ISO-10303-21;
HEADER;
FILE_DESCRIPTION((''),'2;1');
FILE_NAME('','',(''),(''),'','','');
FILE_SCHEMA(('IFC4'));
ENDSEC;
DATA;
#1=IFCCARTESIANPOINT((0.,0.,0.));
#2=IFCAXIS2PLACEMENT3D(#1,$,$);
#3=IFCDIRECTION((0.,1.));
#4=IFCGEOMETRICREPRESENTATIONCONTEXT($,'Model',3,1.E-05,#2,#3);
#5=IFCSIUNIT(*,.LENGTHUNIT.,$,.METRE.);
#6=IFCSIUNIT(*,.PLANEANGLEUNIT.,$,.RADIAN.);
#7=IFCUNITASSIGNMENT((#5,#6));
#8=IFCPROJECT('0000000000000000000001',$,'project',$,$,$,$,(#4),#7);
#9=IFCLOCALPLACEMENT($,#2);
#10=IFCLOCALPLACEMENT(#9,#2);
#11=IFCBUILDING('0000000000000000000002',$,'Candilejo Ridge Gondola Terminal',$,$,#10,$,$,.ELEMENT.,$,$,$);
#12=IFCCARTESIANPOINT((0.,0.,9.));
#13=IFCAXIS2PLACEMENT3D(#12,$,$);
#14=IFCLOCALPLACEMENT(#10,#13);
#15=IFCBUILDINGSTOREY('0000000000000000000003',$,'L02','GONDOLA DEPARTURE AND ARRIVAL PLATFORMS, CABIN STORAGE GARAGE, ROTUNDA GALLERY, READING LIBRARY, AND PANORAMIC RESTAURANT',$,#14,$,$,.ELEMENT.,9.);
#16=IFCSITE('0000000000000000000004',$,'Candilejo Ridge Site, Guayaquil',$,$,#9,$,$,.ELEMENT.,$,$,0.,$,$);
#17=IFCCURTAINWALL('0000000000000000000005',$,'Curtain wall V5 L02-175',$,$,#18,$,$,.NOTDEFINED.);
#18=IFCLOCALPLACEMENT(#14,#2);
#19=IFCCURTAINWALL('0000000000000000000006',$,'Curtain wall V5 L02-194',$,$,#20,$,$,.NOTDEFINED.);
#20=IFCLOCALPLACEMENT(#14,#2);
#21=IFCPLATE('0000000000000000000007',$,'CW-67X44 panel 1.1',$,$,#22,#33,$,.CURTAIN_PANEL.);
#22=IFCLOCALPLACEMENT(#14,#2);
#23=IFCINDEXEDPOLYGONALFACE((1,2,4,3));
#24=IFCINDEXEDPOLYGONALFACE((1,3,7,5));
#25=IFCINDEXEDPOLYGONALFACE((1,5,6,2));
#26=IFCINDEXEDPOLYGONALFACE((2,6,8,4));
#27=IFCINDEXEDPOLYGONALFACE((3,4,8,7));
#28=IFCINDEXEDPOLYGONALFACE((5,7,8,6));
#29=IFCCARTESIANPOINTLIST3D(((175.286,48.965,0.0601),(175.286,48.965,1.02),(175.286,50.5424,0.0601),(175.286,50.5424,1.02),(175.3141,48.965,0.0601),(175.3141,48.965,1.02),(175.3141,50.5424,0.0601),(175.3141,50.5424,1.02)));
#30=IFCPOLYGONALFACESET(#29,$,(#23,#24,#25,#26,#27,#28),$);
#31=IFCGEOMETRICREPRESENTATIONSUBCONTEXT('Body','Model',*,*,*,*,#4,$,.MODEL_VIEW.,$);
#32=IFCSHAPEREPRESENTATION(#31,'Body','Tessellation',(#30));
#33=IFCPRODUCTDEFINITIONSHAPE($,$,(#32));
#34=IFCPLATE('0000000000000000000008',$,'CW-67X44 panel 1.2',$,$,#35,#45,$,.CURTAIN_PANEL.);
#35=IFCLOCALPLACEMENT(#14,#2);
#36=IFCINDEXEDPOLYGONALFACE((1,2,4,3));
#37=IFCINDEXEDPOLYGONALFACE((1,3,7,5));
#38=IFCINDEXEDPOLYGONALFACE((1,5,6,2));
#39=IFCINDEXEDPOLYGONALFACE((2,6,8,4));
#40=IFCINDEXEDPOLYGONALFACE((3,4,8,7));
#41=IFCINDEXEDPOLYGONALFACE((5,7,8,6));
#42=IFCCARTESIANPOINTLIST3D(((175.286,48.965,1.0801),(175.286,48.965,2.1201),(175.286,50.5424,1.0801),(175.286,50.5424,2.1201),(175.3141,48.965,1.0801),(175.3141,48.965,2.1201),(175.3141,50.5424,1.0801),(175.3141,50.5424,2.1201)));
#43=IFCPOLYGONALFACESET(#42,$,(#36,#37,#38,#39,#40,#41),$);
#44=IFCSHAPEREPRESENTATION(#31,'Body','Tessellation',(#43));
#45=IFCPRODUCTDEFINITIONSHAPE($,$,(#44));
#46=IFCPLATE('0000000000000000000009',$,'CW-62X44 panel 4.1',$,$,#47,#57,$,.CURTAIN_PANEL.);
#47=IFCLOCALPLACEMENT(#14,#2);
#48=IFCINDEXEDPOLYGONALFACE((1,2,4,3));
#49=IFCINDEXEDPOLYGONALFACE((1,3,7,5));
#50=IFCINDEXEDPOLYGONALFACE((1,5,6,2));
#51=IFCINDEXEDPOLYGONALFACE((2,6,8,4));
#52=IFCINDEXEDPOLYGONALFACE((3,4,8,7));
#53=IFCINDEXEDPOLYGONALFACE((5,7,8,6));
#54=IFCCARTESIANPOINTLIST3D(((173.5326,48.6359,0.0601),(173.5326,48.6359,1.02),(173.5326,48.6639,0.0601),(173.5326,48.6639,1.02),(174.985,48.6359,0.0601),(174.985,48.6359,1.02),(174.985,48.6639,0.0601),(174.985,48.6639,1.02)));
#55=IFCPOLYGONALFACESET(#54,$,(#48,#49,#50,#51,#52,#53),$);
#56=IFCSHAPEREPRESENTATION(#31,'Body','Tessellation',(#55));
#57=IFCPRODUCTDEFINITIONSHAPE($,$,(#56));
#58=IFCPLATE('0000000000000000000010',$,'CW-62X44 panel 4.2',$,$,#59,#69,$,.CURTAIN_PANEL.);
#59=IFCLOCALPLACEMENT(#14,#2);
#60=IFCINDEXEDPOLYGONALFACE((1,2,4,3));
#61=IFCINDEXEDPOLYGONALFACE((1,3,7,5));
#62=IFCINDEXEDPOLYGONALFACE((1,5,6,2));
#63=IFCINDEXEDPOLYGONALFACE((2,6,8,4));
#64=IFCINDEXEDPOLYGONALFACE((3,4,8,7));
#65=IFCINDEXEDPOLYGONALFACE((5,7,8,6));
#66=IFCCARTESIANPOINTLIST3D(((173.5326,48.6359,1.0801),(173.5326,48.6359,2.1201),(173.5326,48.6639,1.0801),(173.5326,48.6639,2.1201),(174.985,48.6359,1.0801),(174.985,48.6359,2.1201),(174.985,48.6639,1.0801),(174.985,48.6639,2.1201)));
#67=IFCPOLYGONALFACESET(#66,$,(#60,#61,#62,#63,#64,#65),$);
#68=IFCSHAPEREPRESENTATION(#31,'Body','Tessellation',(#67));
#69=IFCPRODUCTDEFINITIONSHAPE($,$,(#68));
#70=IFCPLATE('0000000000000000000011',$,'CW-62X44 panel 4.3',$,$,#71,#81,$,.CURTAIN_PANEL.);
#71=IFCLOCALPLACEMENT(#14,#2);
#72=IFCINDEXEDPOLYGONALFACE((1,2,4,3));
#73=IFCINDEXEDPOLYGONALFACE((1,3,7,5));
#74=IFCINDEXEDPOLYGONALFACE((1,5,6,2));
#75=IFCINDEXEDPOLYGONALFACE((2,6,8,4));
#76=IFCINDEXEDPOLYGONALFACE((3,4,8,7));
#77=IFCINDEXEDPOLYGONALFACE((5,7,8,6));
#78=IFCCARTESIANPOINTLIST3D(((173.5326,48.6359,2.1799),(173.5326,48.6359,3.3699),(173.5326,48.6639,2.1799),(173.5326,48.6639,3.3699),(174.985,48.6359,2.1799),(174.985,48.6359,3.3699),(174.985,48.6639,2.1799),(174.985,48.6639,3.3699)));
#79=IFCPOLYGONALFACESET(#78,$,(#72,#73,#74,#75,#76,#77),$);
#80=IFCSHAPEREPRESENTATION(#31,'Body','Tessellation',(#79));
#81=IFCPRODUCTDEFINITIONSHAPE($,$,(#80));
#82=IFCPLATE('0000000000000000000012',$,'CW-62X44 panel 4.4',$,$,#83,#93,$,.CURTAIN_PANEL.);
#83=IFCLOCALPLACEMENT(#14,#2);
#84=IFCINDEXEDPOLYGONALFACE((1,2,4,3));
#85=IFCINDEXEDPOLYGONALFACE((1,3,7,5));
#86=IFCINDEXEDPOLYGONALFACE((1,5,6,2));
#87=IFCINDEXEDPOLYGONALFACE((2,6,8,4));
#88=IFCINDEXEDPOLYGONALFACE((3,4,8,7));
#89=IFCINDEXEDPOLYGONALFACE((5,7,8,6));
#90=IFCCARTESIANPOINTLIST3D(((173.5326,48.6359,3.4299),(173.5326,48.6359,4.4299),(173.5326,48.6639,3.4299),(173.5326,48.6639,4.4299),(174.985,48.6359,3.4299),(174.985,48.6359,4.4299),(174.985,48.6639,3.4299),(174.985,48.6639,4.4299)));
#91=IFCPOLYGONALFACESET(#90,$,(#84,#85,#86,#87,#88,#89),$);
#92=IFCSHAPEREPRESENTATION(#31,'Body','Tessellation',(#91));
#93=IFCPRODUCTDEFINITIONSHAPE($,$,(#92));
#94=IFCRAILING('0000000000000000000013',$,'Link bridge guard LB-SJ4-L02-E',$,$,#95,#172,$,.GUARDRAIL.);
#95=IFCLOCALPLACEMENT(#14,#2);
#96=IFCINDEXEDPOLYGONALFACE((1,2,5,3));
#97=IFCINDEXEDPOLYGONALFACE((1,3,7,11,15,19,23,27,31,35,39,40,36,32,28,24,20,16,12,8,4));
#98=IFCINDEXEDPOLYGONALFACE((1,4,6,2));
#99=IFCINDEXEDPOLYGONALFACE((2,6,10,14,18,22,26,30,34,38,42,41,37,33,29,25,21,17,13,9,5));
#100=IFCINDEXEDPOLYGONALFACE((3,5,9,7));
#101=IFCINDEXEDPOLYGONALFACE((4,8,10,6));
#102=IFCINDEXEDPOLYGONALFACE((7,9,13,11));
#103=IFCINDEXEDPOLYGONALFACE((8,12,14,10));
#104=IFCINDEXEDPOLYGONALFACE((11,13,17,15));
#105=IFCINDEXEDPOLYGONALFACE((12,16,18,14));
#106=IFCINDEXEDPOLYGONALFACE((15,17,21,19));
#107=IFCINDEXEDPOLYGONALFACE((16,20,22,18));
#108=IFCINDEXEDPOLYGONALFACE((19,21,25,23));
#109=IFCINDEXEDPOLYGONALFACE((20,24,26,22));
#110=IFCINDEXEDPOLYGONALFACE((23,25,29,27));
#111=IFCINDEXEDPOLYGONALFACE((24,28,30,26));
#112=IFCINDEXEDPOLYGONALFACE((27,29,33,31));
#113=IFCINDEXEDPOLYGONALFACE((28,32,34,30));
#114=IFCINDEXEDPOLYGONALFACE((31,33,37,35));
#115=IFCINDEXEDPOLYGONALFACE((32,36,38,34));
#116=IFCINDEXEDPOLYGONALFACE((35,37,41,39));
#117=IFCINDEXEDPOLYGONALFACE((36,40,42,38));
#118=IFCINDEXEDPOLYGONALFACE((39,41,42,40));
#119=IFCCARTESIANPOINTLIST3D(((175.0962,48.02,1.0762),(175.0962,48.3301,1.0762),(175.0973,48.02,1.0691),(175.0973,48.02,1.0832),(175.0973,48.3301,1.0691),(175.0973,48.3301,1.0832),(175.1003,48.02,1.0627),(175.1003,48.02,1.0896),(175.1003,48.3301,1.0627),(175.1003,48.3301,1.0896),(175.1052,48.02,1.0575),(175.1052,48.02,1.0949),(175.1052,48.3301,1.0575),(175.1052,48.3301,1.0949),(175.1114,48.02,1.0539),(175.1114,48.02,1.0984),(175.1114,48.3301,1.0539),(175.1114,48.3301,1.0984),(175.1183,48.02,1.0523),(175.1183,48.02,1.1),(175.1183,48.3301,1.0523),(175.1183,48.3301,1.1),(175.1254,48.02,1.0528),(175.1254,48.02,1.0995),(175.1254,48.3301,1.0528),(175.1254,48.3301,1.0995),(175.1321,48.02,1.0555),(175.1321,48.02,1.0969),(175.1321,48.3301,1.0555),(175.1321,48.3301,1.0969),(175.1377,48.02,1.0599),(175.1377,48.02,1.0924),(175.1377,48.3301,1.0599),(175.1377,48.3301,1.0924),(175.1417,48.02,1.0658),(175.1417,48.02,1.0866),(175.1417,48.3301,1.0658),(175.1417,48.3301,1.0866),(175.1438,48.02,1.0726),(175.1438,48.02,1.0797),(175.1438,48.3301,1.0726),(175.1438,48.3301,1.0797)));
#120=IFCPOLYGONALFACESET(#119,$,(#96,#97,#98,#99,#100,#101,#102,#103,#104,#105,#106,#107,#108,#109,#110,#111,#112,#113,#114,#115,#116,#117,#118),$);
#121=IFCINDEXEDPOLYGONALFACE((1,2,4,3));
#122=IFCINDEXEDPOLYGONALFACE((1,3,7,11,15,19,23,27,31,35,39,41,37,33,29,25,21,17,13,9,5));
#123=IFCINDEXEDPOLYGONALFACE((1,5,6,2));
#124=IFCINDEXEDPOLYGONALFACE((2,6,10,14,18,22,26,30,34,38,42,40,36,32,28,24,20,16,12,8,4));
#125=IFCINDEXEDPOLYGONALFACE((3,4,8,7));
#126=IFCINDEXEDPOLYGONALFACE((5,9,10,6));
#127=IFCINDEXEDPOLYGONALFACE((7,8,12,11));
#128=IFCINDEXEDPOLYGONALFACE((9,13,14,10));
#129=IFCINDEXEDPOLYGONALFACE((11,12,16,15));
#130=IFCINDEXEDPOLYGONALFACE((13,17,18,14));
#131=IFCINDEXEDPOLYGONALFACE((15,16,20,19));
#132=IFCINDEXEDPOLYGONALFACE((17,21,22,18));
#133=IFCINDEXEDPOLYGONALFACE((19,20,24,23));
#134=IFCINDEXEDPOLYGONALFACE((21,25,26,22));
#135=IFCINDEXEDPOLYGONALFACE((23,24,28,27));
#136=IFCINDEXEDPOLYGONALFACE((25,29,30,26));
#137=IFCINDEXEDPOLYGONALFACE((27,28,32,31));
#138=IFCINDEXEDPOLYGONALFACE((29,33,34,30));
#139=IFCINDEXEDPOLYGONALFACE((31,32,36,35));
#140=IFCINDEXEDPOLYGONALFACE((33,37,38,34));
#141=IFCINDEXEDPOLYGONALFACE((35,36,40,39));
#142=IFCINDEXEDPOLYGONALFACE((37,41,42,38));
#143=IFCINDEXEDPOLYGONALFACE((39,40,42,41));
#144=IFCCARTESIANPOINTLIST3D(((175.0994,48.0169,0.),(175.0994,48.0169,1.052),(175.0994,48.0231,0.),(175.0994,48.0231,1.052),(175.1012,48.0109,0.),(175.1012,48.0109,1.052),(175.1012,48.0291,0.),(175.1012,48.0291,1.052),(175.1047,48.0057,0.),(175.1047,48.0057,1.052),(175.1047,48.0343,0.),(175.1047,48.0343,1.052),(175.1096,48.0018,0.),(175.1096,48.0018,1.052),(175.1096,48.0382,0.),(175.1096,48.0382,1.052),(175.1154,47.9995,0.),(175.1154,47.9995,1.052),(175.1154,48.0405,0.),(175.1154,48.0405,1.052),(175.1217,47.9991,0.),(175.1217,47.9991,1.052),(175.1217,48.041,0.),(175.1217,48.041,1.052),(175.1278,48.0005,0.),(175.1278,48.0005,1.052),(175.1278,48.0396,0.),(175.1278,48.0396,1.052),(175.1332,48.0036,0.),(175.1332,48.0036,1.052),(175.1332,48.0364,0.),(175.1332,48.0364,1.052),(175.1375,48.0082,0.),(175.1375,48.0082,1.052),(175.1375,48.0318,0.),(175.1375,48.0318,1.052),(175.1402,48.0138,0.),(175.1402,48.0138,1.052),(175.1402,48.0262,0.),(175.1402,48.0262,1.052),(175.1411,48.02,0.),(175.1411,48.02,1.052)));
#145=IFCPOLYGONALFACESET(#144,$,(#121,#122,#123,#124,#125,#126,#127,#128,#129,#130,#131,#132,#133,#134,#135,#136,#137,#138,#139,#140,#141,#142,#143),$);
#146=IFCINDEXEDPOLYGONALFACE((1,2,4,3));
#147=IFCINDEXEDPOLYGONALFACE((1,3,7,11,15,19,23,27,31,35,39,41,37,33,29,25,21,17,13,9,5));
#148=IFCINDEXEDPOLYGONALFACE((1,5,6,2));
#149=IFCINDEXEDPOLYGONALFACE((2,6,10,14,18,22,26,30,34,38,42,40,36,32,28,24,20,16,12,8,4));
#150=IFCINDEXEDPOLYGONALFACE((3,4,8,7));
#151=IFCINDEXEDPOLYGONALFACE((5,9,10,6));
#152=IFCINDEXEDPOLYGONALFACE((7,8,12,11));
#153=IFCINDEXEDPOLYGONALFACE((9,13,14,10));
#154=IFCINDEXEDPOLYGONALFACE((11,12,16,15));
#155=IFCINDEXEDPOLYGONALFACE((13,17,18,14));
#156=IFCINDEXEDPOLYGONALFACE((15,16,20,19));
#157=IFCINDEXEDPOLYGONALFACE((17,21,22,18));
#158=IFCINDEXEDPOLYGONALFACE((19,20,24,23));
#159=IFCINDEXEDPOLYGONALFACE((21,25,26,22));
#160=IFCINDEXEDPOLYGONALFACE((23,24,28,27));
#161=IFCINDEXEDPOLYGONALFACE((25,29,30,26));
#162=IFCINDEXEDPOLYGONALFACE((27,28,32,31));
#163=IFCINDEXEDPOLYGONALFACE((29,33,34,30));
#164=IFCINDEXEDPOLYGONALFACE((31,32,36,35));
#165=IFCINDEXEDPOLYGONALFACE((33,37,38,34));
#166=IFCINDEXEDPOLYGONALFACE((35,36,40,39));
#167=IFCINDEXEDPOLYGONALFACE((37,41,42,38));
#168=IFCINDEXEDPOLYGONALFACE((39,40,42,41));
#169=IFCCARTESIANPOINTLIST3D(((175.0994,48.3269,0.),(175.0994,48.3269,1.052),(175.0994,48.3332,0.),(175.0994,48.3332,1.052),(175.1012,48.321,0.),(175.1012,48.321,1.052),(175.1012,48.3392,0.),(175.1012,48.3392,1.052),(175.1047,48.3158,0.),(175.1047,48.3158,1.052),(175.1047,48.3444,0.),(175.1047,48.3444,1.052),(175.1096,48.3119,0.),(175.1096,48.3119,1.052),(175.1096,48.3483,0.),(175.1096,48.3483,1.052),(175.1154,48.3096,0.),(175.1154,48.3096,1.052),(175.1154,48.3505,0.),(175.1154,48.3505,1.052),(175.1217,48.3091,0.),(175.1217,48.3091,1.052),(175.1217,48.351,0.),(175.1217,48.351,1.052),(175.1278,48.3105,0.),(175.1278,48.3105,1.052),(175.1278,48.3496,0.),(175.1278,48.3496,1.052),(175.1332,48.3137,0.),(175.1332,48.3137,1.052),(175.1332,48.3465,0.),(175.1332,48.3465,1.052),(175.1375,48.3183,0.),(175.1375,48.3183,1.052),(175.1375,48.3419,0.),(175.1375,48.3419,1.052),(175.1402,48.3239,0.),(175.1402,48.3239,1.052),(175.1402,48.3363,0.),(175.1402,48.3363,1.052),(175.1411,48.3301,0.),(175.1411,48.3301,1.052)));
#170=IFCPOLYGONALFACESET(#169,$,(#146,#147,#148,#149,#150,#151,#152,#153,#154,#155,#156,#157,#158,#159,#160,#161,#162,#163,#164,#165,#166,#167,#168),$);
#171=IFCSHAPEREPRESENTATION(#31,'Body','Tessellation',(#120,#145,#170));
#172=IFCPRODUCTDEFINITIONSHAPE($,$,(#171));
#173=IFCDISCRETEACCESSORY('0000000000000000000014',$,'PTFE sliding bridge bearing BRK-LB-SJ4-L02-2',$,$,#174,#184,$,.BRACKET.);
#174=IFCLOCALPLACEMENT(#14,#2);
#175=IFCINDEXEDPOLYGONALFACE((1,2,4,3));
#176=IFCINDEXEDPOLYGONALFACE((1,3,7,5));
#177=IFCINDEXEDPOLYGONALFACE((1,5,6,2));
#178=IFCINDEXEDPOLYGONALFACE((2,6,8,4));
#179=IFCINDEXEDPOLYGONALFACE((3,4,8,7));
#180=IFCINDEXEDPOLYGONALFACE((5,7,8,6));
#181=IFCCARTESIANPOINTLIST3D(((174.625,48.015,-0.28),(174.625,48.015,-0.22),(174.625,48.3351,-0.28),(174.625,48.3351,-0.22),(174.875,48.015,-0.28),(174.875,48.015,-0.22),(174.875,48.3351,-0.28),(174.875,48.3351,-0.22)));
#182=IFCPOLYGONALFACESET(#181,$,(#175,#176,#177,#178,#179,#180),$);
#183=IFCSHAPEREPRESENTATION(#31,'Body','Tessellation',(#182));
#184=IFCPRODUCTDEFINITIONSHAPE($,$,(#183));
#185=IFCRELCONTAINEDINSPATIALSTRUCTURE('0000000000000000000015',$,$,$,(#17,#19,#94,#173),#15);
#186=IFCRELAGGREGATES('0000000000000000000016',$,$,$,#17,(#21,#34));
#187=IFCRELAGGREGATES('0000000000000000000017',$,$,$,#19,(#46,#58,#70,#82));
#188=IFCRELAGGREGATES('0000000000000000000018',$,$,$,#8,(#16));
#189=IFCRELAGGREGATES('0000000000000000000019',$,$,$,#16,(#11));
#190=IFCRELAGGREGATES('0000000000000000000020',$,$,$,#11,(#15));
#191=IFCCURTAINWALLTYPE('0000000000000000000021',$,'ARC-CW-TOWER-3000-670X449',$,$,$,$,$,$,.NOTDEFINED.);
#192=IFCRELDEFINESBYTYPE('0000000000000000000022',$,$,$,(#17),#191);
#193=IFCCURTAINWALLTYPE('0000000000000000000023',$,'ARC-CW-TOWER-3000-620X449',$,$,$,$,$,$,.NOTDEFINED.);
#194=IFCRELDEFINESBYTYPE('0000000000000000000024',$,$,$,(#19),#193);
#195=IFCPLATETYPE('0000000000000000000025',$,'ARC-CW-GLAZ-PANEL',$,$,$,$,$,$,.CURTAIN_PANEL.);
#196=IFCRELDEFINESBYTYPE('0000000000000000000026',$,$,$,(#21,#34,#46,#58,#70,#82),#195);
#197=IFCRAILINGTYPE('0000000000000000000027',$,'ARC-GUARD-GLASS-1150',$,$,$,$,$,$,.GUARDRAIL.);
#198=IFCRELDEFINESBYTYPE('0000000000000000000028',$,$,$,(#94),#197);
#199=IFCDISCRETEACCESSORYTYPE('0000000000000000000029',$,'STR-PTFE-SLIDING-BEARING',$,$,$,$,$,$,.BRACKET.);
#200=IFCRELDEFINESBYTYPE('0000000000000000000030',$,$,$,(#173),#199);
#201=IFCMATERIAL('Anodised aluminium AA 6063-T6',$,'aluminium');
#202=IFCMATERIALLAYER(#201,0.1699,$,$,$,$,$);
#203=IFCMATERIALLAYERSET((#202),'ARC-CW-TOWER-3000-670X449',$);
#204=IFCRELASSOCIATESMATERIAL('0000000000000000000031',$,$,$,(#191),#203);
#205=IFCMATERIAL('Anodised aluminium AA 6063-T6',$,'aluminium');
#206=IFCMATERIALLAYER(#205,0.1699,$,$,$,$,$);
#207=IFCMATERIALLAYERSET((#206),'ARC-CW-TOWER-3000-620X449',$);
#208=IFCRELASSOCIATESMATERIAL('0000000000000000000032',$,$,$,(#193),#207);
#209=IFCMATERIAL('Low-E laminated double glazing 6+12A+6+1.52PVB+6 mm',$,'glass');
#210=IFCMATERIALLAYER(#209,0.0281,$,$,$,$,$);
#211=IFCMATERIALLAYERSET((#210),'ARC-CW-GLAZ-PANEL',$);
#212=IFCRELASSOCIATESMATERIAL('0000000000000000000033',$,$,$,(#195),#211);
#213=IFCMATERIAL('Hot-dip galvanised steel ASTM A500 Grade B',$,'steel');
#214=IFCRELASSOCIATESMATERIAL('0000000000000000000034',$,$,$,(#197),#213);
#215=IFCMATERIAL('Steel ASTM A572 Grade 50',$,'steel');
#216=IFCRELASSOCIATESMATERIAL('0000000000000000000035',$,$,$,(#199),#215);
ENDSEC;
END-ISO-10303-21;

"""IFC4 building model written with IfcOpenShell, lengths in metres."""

from ifc_helpers import new_model, si_unit, direction, frame, origin, origin_2d, place, context, subcontext, project, spatial, rectangle, circle, extrude, material, layer, layer_set, type_object, element, aggregate, save


model = new_model("IFC4")

# Units and contexts
model_context = context("Model", 3, precision=1e-05, world=origin(), true_north=direction((0.0, 1.0)))
body_context = subcontext(model_context, "Body", "Model", "MODEL_VIEW")
ifc_project = project(units=[si_unit("LENGTHUNIT", "METRE"), si_unit("PLANEANGLEUNIT", "RADIAN")], contexts=[model_context])

# Site, building, storey
site_placement = place(None, origin())
site = spatial("IfcSite", under=ifc_project, at=site_placement, Name="Candilejo Ridge Site, Guayaquil", CompositionType="ELEMENT", RefElevation=0.0)
building_placement = place(site_placement, origin())
building = spatial("IfcBuilding", under=site, at=building_placement, Name="Candilejo Ridge Gondola Terminal", CompositionType="ELEMENT")
storey_placement = place(building_placement, frame((0.0, 0.0, 9.0)))
storey = spatial("IfcBuildingStorey", under=building, at=storey_placement, Name="L02", Description="GONDOLA DEPARTURE AND ARRIVAL PLATFORMS, CABIN STORAGE GARAGE, ROTUNDA GALLERY, READING LIBRARY, AND PANORAMIC RESTAURANT", CompositionType="ELEMENT", Elevation=9.0)

# Curtain wall
ifc_material_1 = material(Name="Anodised aluminium AA 6063-T6", Category="aluminium")
ifc_layer_1 = layer(ifc_material_1, 0.1699)
ifc_layer_set_1 = layer_set([ifc_layer_1], Name="ARC-CW-TOWER-3000-670X449")
curtain_wall_type_1 = type_object("IfcCurtainWallType", Name="ARC-CW-TOWER-3000-670X449", PredefinedType="NOTDEFINED", material=ifc_layer_set_1)
curtain_wall_1_placement = place(storey_placement, origin())
curtain_wall_1 = element("IfcCurtainWall", 1, at=curtain_wall_1_placement, inside=storey, type_object=curtain_wall_type_1, Name="Curtain wall V5 L02-175", PredefinedType="NOTDEFINED")

# Curtain wall
ifc_material_2 = material(Name="Anodised aluminium AA 6063-T6", Category="aluminium")
ifc_layer_2 = layer(ifc_material_2, 0.1699)
ifc_layer_set_2 = layer_set([ifc_layer_2], Name="ARC-CW-TOWER-3000-620X449")
curtain_wall_type_2 = type_object("IfcCurtainWallType", Name="ARC-CW-TOWER-3000-620X449", PredefinedType="NOTDEFINED", material=ifc_layer_set_2)
curtain_wall_2_placement = place(storey_placement, origin())
curtain_wall_2 = element("IfcCurtainWall", 2, at=curtain_wall_2_placement, inside=storey, type_object=curtain_wall_type_2, Name="Curtain wall V5 L02-194", PredefinedType="NOTDEFINED")

# Plates
ifc_material_3 = material(Name="Low-E laminated double glazing 6+12A+6+1.52PVB+6 mm", Category="glass")
ifc_layer_3 = layer(ifc_material_3, 0.0281)
ifc_layer_set_3 = layer_set([ifc_layer_3], Name="ARC-CW-GLAZ-PANEL")
plate_type = type_object("IfcPlateType", Name="ARC-CW-GLAZ-PANEL", PredefinedType="CURTAIN_PANEL", material=ifc_layer_set_3)
plate_1_placement = place(storey_placement, frame((175.3, 49.7537, 0.0601), z_axis=(0.0, 0.0, 1.0), x_axis=(0.0, 1.0, 0.0)))
plate_1 = element("IfcPlate", 3, at=plate_1_placement, type_object=plate_type, Name="CW-67X44 panel 1.1", PredefinedType="CURTAIN_PANEL", context=body_context, shape_type="SweptSolid", body=[
    extrude(rectangle(XDim=1.5774, YDim=0.0281, at=origin_2d()), origin(), (0.0, 0.0, 1.0), 0.96),
])
plate_2_placement = place(storey_placement, frame((175.3, 49.7537, 1.0801), z_axis=(0.0, 0.0, 1.0), x_axis=(0.0, 1.0, 0.0)))
plate_2 = element("IfcPlate", 4, at=plate_2_placement, type_object=plate_type, Name="CW-67X44 panel 1.2", PredefinedType="CURTAIN_PANEL", context=body_context, shape_type="SweptSolid", body=[
    extrude(rectangle(XDim=1.5774, YDim=0.0281, at=origin_2d()), origin(), (0.0, 0.0, 1.0), 1.04),
])
aggregate(curtain_wall_1, [plate_1, plate_2])
plate_3_placement = place(storey_placement, frame((174.2588, 48.6499, 0.0601), z_axis=(0.0, 0.0, 1.0), x_axis=(1.0, 0.0, 0.0)))
plate_3 = element("IfcPlate", 5, at=plate_3_placement, type_object=plate_type, Name="CW-62X44 panel 4.1", PredefinedType="CURTAIN_PANEL", context=body_context, shape_type="SweptSolid", body=[
    extrude(rectangle(XDim=1.4524, YDim=0.0281, at=origin_2d()), origin(), (0.0, 0.0, 1.0), 0.96),
])
plate_4_placement = place(storey_placement, frame((174.2588, 48.6499, 1.0801), z_axis=(0.0, 0.0, 1.0), x_axis=(1.0, 0.0, 0.0)))
plate_4 = element("IfcPlate", 6, at=plate_4_placement, type_object=plate_type, Name="CW-62X44 panel 4.2", PredefinedType="CURTAIN_PANEL", context=body_context, shape_type="SweptSolid", body=[
    extrude(rectangle(XDim=1.4524, YDim=0.0281, at=origin_2d()), origin(), (0.0, 0.0, 1.0), 1.04),
])
plate_5_placement = place(storey_placement, frame((174.2588, 48.6499, 2.1799), z_axis=(0.0, 0.0, 1.0), x_axis=(1.0, 0.0, 0.0)))
plate_5 = element("IfcPlate", 7, at=plate_5_placement, type_object=plate_type, Name="CW-62X44 panel 4.3", PredefinedType="CURTAIN_PANEL", context=body_context, shape_type="SweptSolid", body=[
    extrude(rectangle(XDim=1.4524, YDim=0.0281, at=origin_2d()), origin(), (0.0, 0.0, 1.0), 1.1899),
])
plate_6_placement = place(storey_placement, frame((174.2588, 48.6499, 3.4299), z_axis=(0.0, 0.0, 1.0), x_axis=(1.0, 0.0, 0.0)))
plate_6 = element("IfcPlate", 8, at=plate_6_placement, type_object=plate_type, Name="CW-62X44 panel 4.4", PredefinedType="CURTAIN_PANEL", context=body_context, shape_type="SweptSolid", body=[
    extrude(rectangle(XDim=1.4524, YDim=0.0281, at=origin_2d()), origin(), (0.0, 0.0, 1.0), 1.0),
])
aggregate(curtain_wall_2, [plate_3, plate_4, plate_5, plate_6])

# Railing
ifc_material_4 = material(Name="Hot-dip galvanised steel ASTM A500 Grade B", Category="steel")
railing_type = type_object("IfcRailingType", Name="ARC-GUARD-GLASS-1150", PredefinedType="GUARDRAIL", material=ifc_material_4)
railing_placement = place(storey_placement, frame((175.1201, 48.02, 0.0)))
element("IfcRailing", 9, at=railing_placement, inside=storey, type_object=railing_type, Name="Link bridge guard LB-SJ4-L02-E", PredefinedType="GUARDRAIL", context=body_context, shape_type="SweptSolid", body=[
    extrude(circle(Radius=0.0239, at=origin_2d()), frame((0.0, 0.0, 1.0762), z_axis=(0.0, 1.0, 0.0), x_axis=(-1.0, 0.0, 0.0)), (0.0, 0.0, 1.0), 0.3101),
    extrude(circle(Radius=0.021, at=origin_2d()), origin(), (0.0, 0.0, 1.0), 1.052),
    extrude(circle(Radius=0.021, at=origin_2d()), frame((0.0, 0.3101, 0.0)), (0.0, 0.0, 1.0), 1.052),
])

# Discrete accessory
ifc_material_5 = material(Name="Steel ASTM A572 Grade 50", Category="steel")
discrete_accessory_type = type_object("IfcDiscreteAccessoryType", Name="STR-PTFE-SLIDING-BEARING", PredefinedType="BRACKET", material=ifc_material_5)
discrete_accessory_placement = place(storey_placement, frame((174.75, 48.175, -0.28)))
element("IfcDiscreteAccessory", 10, at=discrete_accessory_placement, inside=storey, type_object=discrete_accessory_type, Name="PTFE sliding bridge bearing BRK-LB-SJ4-L02-2", PredefinedType="BRACKET", context=body_context, shape_type="SweptSolid", body=[
    extrude(rectangle(XDim=0.25, YDim=0.3201, at=origin_2d()), origin(), (0.0, 0.0, 1.0), 0.0601),
])

save(model, "model.ifc")
